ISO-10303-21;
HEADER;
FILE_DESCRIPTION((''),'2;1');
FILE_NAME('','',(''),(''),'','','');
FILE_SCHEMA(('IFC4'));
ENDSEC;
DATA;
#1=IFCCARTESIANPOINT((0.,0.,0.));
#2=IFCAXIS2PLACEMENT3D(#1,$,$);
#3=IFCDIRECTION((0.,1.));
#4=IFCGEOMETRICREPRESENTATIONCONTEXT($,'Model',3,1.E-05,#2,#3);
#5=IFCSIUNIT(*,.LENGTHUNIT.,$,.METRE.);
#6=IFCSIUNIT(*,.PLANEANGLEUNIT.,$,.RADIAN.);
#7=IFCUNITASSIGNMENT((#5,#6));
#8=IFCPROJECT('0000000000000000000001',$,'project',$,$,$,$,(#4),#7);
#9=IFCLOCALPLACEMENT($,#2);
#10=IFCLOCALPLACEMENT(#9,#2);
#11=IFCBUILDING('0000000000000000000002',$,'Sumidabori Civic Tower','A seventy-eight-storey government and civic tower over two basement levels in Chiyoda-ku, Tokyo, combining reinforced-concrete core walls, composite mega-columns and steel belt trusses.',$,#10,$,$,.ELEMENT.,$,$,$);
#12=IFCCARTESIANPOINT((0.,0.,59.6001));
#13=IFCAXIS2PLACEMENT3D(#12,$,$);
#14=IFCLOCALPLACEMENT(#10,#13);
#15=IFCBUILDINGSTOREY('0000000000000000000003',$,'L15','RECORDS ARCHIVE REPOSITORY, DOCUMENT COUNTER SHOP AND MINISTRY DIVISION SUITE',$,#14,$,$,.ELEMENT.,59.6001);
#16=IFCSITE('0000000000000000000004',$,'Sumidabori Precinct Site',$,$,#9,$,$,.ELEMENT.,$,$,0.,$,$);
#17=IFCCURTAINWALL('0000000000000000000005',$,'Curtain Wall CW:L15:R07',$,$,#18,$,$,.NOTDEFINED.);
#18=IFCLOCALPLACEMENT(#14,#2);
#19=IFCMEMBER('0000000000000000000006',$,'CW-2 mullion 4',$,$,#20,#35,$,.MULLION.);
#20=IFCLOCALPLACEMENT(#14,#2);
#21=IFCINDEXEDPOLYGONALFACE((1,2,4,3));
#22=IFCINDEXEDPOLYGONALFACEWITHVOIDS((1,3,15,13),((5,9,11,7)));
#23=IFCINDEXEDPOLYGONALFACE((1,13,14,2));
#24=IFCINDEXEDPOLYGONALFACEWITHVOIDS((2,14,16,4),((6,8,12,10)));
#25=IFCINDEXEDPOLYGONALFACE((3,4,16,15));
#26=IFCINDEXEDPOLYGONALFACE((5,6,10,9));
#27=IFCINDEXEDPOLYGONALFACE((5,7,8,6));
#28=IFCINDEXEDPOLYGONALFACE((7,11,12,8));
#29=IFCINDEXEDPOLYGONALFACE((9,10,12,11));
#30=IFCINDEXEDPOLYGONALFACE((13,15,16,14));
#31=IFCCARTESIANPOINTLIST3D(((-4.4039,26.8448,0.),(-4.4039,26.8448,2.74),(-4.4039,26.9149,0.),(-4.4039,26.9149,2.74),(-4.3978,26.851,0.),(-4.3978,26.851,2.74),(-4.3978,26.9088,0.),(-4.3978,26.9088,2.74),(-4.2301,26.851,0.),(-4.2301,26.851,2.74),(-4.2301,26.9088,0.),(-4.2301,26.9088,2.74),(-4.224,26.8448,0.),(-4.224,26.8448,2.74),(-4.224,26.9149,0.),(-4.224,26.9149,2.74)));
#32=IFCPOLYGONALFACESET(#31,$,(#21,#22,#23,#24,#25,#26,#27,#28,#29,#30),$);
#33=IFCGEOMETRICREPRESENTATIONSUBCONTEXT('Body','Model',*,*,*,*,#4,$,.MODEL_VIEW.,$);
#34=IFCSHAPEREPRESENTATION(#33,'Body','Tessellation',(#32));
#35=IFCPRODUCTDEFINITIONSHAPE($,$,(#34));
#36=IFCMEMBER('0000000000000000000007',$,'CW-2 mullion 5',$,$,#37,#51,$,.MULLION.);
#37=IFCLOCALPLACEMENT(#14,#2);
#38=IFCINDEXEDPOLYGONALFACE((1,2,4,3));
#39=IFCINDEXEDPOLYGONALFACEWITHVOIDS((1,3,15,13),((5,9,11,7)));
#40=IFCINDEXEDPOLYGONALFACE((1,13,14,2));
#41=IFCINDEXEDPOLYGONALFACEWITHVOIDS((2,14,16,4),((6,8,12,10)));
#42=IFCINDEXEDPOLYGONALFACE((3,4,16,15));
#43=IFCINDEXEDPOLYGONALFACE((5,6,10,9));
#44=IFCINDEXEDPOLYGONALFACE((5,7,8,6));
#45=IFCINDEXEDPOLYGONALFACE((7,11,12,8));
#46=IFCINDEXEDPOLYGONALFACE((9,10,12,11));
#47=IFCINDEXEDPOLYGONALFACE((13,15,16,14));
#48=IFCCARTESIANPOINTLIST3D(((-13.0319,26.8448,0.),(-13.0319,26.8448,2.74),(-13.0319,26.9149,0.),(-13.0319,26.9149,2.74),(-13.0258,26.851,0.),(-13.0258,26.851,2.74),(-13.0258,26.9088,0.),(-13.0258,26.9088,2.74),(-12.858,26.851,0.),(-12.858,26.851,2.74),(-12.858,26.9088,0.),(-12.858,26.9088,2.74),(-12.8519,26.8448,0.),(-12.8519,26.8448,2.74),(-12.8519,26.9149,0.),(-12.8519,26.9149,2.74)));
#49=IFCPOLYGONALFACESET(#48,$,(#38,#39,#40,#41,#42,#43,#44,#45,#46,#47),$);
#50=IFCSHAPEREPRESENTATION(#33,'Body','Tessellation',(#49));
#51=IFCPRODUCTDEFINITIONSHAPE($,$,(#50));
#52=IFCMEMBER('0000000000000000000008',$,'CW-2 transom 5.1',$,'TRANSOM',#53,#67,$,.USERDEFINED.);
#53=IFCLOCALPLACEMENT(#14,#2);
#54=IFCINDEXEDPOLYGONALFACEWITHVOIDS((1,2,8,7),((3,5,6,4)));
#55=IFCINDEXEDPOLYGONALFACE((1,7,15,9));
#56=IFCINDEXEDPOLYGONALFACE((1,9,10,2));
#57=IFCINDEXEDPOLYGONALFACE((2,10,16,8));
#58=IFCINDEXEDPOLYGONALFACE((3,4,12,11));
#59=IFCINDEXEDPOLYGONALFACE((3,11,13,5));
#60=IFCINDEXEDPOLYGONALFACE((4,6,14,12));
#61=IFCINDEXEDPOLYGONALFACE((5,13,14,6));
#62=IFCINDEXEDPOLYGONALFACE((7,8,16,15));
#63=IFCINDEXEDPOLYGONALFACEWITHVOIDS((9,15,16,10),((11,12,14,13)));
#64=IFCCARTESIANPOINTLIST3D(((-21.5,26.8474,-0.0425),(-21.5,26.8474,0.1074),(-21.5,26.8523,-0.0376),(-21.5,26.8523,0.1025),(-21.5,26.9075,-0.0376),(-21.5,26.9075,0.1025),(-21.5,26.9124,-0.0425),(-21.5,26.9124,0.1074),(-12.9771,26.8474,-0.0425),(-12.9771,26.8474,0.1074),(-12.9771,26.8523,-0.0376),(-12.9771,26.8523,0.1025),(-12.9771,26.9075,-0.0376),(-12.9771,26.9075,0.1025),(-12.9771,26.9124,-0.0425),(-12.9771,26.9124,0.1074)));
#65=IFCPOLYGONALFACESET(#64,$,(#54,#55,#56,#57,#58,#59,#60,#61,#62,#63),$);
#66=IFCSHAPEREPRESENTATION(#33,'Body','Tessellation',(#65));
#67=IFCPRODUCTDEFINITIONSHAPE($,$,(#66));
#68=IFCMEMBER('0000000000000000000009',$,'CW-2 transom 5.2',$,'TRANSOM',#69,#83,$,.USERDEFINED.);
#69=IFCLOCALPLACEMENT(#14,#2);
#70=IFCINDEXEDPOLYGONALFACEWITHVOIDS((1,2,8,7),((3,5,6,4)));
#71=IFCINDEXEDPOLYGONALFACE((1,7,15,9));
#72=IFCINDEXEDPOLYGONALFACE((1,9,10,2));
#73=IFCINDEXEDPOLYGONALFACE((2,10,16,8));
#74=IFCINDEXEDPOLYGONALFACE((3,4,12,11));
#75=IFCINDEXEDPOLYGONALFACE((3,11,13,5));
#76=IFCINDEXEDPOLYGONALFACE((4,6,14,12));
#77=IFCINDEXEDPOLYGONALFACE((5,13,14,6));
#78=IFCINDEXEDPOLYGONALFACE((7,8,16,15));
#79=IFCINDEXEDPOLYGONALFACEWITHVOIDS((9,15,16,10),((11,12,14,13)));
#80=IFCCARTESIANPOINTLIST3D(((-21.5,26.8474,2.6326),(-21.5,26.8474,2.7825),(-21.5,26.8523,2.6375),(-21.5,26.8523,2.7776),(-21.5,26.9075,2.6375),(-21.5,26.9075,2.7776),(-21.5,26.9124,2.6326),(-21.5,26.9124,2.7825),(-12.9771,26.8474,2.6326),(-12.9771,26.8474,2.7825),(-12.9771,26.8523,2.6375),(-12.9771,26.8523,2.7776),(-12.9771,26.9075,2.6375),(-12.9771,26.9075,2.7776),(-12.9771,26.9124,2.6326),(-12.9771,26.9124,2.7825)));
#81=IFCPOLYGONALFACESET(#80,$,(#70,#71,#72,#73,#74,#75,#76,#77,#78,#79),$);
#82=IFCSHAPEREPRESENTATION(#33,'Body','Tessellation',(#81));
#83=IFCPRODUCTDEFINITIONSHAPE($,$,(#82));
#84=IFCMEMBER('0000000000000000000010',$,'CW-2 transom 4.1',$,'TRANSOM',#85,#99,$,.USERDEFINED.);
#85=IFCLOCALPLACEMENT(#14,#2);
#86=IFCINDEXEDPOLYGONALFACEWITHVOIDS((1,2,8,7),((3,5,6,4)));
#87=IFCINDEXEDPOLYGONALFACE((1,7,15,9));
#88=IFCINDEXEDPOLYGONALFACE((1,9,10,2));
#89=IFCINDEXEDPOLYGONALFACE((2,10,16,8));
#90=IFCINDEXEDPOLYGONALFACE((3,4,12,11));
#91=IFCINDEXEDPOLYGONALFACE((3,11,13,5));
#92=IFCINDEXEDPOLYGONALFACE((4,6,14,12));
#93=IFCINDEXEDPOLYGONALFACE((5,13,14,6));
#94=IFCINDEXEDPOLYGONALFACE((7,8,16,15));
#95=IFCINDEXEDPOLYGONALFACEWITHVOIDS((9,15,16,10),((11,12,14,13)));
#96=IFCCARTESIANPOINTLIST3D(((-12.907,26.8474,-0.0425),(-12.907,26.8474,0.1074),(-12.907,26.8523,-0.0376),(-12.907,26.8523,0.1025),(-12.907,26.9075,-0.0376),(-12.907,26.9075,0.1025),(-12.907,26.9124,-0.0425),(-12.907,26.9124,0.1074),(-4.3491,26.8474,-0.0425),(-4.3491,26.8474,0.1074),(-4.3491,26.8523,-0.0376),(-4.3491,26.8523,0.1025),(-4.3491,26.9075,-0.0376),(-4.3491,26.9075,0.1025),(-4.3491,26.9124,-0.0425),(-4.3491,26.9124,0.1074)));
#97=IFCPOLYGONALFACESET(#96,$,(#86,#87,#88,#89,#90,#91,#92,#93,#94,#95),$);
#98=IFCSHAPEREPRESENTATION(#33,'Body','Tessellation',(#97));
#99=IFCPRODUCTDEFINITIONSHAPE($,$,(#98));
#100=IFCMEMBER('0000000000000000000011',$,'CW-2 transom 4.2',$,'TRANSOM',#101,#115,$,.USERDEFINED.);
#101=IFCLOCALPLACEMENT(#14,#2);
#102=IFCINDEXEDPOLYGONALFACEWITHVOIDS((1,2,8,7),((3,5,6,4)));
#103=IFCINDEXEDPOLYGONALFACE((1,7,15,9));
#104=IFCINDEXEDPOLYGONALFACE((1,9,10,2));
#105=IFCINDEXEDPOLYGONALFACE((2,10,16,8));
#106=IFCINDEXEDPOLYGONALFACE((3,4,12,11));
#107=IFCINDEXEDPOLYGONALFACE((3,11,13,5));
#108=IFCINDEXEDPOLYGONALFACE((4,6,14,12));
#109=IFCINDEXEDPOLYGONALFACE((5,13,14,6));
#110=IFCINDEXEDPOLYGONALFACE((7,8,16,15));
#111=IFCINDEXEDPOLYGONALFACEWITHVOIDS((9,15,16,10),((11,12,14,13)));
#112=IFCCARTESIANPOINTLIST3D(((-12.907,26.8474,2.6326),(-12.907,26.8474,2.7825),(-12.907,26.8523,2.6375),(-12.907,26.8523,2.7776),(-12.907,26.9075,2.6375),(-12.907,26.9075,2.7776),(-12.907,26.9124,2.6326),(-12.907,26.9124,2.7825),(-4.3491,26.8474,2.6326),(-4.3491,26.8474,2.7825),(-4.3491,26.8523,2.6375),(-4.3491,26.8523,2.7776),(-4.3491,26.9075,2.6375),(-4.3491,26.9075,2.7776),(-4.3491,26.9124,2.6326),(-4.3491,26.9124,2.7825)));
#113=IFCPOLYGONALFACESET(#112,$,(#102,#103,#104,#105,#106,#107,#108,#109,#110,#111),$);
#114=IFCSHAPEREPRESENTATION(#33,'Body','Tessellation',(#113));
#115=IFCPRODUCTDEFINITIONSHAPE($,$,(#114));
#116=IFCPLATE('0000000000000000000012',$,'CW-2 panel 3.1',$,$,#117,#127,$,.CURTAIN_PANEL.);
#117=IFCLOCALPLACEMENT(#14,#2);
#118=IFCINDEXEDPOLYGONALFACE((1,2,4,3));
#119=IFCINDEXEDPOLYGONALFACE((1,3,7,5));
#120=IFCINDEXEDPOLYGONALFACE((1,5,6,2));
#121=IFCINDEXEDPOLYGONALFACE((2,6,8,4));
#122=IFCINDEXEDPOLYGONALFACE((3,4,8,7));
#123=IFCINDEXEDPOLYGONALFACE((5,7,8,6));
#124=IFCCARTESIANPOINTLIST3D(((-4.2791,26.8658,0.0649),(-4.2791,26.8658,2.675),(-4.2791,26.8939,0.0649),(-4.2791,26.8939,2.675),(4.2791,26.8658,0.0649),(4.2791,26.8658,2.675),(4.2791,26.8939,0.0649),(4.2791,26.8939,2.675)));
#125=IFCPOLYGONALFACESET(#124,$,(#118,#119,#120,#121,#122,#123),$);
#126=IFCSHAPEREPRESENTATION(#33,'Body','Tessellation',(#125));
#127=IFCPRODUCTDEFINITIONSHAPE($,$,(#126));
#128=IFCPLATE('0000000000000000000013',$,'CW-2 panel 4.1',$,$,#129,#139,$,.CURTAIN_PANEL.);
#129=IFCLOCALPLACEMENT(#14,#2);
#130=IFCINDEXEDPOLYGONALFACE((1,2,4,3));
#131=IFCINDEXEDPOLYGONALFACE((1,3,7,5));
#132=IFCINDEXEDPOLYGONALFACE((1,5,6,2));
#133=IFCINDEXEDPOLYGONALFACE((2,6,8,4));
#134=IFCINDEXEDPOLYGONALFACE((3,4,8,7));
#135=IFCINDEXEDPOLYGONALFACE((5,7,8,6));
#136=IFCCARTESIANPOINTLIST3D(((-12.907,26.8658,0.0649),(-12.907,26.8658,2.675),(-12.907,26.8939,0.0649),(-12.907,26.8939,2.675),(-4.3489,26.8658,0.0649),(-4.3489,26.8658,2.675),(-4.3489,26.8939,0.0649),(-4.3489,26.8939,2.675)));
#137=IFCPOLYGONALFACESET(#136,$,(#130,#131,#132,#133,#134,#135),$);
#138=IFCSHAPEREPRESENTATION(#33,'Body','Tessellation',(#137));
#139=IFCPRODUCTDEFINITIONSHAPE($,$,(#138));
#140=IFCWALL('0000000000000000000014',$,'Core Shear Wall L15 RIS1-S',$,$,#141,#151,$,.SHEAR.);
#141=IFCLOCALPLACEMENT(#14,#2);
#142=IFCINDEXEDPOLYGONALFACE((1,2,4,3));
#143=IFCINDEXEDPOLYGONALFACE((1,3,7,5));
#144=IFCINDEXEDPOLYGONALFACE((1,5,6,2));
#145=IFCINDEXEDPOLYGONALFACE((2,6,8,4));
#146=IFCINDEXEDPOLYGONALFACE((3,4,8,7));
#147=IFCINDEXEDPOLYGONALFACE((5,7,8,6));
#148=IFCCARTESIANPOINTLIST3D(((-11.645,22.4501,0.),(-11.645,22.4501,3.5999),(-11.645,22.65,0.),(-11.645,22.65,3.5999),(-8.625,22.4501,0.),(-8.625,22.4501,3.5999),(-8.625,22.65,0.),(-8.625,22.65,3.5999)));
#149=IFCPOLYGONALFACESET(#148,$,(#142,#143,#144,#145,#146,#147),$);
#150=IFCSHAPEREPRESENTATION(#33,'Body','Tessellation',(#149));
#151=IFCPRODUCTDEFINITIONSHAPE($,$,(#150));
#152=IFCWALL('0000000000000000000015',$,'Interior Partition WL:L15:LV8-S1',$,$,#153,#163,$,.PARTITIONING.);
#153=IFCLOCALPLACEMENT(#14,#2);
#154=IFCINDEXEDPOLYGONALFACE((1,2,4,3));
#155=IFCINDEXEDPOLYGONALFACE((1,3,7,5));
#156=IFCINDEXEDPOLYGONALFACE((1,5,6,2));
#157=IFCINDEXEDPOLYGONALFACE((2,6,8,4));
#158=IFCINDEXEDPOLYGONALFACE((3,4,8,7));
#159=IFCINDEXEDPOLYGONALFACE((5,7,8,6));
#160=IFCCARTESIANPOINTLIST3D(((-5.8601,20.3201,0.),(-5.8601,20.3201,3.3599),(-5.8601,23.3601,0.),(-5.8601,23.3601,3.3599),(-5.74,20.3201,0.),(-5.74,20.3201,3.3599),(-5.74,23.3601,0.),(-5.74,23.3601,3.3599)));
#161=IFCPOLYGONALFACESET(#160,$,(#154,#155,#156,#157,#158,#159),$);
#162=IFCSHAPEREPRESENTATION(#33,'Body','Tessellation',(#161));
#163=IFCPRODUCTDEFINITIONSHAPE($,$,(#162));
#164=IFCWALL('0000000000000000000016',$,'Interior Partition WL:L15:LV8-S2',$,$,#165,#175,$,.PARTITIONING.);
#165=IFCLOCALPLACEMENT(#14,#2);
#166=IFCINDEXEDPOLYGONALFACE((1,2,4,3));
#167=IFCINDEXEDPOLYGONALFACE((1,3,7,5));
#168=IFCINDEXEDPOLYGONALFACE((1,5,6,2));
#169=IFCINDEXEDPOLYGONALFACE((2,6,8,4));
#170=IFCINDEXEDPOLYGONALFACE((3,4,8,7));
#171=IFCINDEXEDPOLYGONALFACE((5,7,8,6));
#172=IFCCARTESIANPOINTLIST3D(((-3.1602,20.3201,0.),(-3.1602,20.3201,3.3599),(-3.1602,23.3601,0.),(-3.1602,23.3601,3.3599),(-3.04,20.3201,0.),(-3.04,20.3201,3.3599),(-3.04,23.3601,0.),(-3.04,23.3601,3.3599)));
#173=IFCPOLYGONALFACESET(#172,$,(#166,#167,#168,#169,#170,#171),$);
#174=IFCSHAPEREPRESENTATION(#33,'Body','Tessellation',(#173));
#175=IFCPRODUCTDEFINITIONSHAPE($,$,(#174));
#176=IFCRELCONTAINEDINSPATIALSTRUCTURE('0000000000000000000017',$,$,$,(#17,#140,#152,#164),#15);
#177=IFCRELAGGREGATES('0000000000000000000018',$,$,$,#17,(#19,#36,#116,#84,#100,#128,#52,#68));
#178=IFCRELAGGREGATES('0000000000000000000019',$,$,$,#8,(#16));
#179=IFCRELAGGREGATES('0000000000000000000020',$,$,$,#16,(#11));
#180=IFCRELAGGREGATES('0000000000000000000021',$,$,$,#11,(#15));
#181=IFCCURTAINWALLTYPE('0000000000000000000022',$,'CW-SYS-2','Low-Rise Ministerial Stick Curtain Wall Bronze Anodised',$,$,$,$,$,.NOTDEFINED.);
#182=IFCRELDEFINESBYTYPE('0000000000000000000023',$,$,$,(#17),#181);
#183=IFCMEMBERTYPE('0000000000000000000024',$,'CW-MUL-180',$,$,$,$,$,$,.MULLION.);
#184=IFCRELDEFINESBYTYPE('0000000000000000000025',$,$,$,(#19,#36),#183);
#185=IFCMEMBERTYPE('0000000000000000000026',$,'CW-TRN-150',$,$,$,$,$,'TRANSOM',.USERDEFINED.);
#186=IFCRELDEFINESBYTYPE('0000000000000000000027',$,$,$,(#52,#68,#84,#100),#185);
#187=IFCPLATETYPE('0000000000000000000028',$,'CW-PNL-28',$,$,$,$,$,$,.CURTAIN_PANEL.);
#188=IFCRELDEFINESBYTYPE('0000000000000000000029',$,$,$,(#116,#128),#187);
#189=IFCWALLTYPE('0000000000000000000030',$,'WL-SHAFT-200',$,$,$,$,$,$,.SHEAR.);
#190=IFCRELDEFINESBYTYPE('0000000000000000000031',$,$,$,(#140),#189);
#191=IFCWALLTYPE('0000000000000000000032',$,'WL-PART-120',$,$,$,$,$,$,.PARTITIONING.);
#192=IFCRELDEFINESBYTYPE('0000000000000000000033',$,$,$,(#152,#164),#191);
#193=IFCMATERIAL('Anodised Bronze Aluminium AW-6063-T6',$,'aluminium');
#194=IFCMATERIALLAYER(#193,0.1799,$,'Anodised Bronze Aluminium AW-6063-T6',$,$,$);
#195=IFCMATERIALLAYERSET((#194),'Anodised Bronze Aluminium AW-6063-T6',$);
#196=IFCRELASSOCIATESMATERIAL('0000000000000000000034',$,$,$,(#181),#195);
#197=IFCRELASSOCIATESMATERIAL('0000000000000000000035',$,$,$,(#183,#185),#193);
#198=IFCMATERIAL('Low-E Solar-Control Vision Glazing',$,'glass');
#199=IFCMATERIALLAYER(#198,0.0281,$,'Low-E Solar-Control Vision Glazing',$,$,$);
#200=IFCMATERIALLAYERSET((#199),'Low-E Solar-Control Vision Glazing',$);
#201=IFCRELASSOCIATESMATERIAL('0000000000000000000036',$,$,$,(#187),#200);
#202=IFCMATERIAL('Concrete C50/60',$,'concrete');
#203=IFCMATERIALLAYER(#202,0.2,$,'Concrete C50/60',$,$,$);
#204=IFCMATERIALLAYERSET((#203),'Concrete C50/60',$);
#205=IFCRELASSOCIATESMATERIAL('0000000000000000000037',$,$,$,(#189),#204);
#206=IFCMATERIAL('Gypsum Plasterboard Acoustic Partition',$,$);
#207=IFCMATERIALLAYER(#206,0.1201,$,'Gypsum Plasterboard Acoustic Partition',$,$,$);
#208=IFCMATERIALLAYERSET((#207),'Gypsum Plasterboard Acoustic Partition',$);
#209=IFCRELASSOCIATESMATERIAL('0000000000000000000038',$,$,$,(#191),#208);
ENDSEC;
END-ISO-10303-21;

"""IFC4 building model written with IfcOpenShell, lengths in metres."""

from ifc_helpers import new_model, si_unit, direction, frame, frame_2d, origin, origin_2d, place, context, subcontext, project, spatial, rectangle, hollow_rectangle, extrude, source, transform, mapped, material, layer, layer_set, material_profile, profile_set, type_object, element, aggregate, save


model = new_model("IFC4")

# Units and contexts
model_context = context("Model", 3, precision=1e-05, world=origin(), true_north=direction((0.0, 1.0)))
body_context = subcontext(model_context, "Body", "Model", "MODEL_VIEW")
ifc_project = project(units=[si_unit("LENGTHUNIT", "METRE"), si_unit("PLANEANGLEUNIT", "RADIAN")], contexts=[model_context])

# Site, building, storey
site_placement = place(None, origin())
site = spatial("IfcSite", under=ifc_project, at=site_placement, Name="Sumidabori Precinct Site", CompositionType="ELEMENT", RefElevation=0.0)
building_placement = place(site_placement, origin())
building = spatial("IfcBuilding", under=site, at=building_placement, Name="Sumidabori Civic Tower", Description="A seventy-eight-storey government and civic tower over two basement levels in Chiyoda-ku, Tokyo, combining reinforced-concrete core walls, composite mega-columns and steel belt trusses.", CompositionType="ELEMENT")
storey_placement = place(building_placement, frame((0.0, 0.0, 59.6001)))
storey = spatial("IfcBuildingStorey", under=building, at=storey_placement, Name="L15", Description="RECORDS ARCHIVE REPOSITORY, DOCUMENT COUNTER SHOP AND MINISTRY DIVISION SUITE", CompositionType="ELEMENT", Elevation=59.6001)

# Curtain wall, members, plates
ifc_material_1 = material(Name="Anodised Bronze Aluminium AW-6063-T6", Category="aluminium")
ifc_layer_1 = layer(ifc_material_1, 0.1799, Name="Anodised Bronze Aluminium AW-6063-T6")
ifc_layer_set_1 = layer_set([ifc_layer_1], Name="Anodised Bronze Aluminium AW-6063-T6")
curtain_wall_type = type_object("IfcCurtainWallType", Name="CW-SYS-2", Description="Low-Rise Ministerial Stick Curtain Wall Bronze Anodised", PredefinedType="NOTDEFINED", material=ifc_layer_set_1)
curtain_wall_placement = place(storey_placement, origin())
curtain_wall = element("IfcCurtainWall", 1, at=curtain_wall_placement, inside=storey, type_object=curtain_wall_type, Name="Curtain Wall CW:L15:R07", PredefinedType="NOTDEFINED")
ifc_material_profile_1 = material_profile(ifc_material_1, hollow_rectangle(XDim=0.0701, YDim=0.1799, WallThickness=0.0061, at=origin_2d()), Name="ALU MULLION 180x70")
ifc_profile_set_1 = profile_set([ifc_material_profile_1], Name="Anodised Bronze Aluminium AW-6063-T6")
member_type_1 = type_object("IfcMemberType", Name="CW-MUL-180", PredefinedType="MULLION", material=ifc_profile_set_1)
shared_shape_1 = source(origin(), body_context, "Body", "SweptSolid", [
    extrude(hollow_rectangle(XDim=0.0701, YDim=0.1799, WallThickness=0.0061, at=origin_2d()), origin(), (0.0, 0.0, 1.0), 2.74),
])
member_1_placement = place(storey_placement, frame((-4.314, 26.8799, 0.0), z_axis=(0.0, 0.0, 1.0), x_axis=(0.0, -1.0, 0.0)))
member_1 = element("IfcMember", 2, at=member_1_placement, type_object=member_type_1, Name="CW-2 mullion 4", PredefinedType="MULLION", context=body_context, shape_type="MappedRepresentation", body=[
    mapped(shared_shape_1, transform((0.0, 0.0, 0.0), x_axis=(1.0, 0.0, 0.0), y_axis=(0.0, 1.0, 0.0), z_axis=(0.0, 0.0, 1.0), scale=1.0)),
])
member_2_placement = place(storey_placement, frame((-12.9419, 26.8799, 0.0), z_axis=(0.0, 0.0, 1.0), x_axis=(0.0, -1.0, 0.0)))
member_2 = element("IfcMember", 3, at=member_2_placement, type_object=member_type_1, Name="CW-2 mullion 5", PredefinedType="MULLION", context=body_context, shape_type="MappedRepresentation", body=[
    mapped(shared_shape_1, transform((0.0, 0.0, 0.0), x_axis=(1.0, 0.0, 0.0), y_axis=(0.0, 1.0, 0.0), z_axis=(0.0, 0.0, 1.0), scale=1.0)),
])
ifc_material_profile_2 = material_profile(ifc_material_1, hollow_rectangle(XDim=0.0649, YDim=0.1499, WallThickness=0.0049, at=origin_2d()), Name="ALU TRANSOM 150x65")
ifc_profile_set_2 = profile_set([ifc_material_profile_2], Name="Anodised Bronze Aluminium AW-6063-T6")
member_type_2 = type_object("IfcMemberType", Name="CW-TRN-150", ElementType="TRANSOM", PredefinedType="USERDEFINED", material=ifc_profile_set_2)
shared_shape_2 = source(origin(), body_context, "Body", "SweptSolid", [
    extrude(hollow_rectangle(XDim=0.0649, YDim=0.1499, WallThickness=0.0049, at=origin_2d()), origin(), (0.0, 0.0, 1.0), 8.5229),
])
member_3_placement = place(storey_placement, frame((-12.9771, 26.8799, 0.0325), z_axis=(-1.0, 0.0, 0.0), x_axis=(0.0, -1.0, 0.0)))
member_3 = element("IfcMember", 4, at=member_3_placement, type_object=member_type_2, Name="CW-2 transom 5.1", ObjectType="TRANSOM", PredefinedType="USERDEFINED", context=body_context, shape_type="MappedRepresentation", body=[
    mapped(shared_shape_2, transform((0.0, 0.0, 0.0), x_axis=(1.0, 0.0, 0.0), y_axis=(0.0, 1.0, 0.0), z_axis=(0.0, 0.0, 1.0), scale=1.0)),
])
member_4_placement = place(storey_placement, frame((-12.9771, 26.8799, 2.7075), z_axis=(-1.0, 0.0, 0.0), x_axis=(0.0, -1.0, 0.0)))
member_4 = element("IfcMember", 5, at=member_4_placement, type_object=member_type_2, Name="CW-2 transom 5.2", ObjectType="TRANSOM", PredefinedType="USERDEFINED", context=body_context, shape_type="MappedRepresentation", body=[
    mapped(shared_shape_2, transform((0.0, 0.0, 0.0), x_axis=(1.0, 0.0, 0.0), y_axis=(0.0, 1.0, 0.0), z_axis=(0.0, 0.0, 1.0), scale=1.0)),
])
shared_shape_3 = source(origin(), body_context, "Body", "SweptSolid", [
    extrude(hollow_rectangle(XDim=0.0649, YDim=0.1499, WallThickness=0.0049, at=origin_2d()), origin(), (0.0, 0.0, 1.0), 8.5579),
])
member_5_placement = place(storey_placement, frame((-4.3491, 26.8799, 0.0325), z_axis=(-1.0, 0.0, 0.0), x_axis=(0.0, -1.0, 0.0)))
member_5 = element("IfcMember", 6, at=member_5_placement, type_object=member_type_2, Name="CW-2 transom 4.1", ObjectType="TRANSOM", PredefinedType="USERDEFINED", context=body_context, shape_type="MappedRepresentation", body=[
    mapped(shared_shape_3, transform((0.0, 0.0, 0.0), x_axis=(1.0, 0.0, 0.0), y_axis=(0.0, 1.0, 0.0), z_axis=(0.0, 0.0, 1.0), scale=1.0)),
])
member_6_placement = place(storey_placement, frame((-4.3491, 26.8799, 2.7075), z_axis=(-1.0, 0.0, 0.0), x_axis=(0.0, -1.0, 0.0)))
member_6 = element("IfcMember", 7, at=member_6_placement, type_object=member_type_2, Name="CW-2 transom 4.2", ObjectType="TRANSOM", PredefinedType="USERDEFINED", context=body_context, shape_type="MappedRepresentation", body=[
    mapped(shared_shape_3, transform((0.0, 0.0, 0.0), x_axis=(1.0, 0.0, 0.0), y_axis=(0.0, 1.0, 0.0), z_axis=(0.0, 0.0, 1.0), scale=1.0)),
])
ifc_material_2 = material(Name="Low-E Solar-Control Vision Glazing", Category="glass")
ifc_layer_2 = layer(ifc_material_2, 0.0281, Name="Low-E Solar-Control Vision Glazing")
ifc_layer_set_2 = layer_set([ifc_layer_2], Name="Low-E Solar-Control Vision Glazing")
plate_type = type_object("IfcPlateType", Name="CW-PNL-28", PredefinedType="CURTAIN_PANEL", material=ifc_layer_set_2)
shared_shape_4 = source(origin(), body_context, "Body", "SweptSolid", [
    extrude(rectangle(XDim=8.5581, YDim=0.0281, at=origin_2d()), origin(), (0.0, 0.0, 1.0), 2.6101),
])
plate_1_placement = place(storey_placement, frame((0.0, 26.8799, 0.0649), z_axis=(0.0, 0.0, 1.0), x_axis=(-1.0, 0.0, 0.0)))
plate_1 = element("IfcPlate", 8, at=plate_1_placement, type_object=plate_type, Name="CW-2 panel 3.1", PredefinedType="CURTAIN_PANEL", context=body_context, shape_type="MappedRepresentation", body=[
    mapped(shared_shape_4, transform((0.0, 0.0, 0.0), x_axis=(1.0, 0.0, 0.0), y_axis=(0.0, 1.0, 0.0), z_axis=(0.0, 0.0, 1.0), scale=1.0)),
])
plate_2_placement = place(storey_placement, frame((-8.6279, 26.8799, 0.0649), z_axis=(0.0, 0.0, 1.0), x_axis=(-1.0, 0.0, 0.0)))
plate_2 = element("IfcPlate", 9, at=plate_2_placement, type_object=plate_type, Name="CW-2 panel 4.1", PredefinedType="CURTAIN_PANEL", context=body_context, shape_type="MappedRepresentation", body=[
    mapped(shared_shape_4, transform((0.0, 0.0, 0.0), x_axis=(1.0, 0.0, 0.0), y_axis=(0.0, 1.0, 0.0), z_axis=(0.0, 0.0, 1.0), scale=1.0)),
])
aggregate(curtain_wall, [member_1, member_2, plate_1, member_5, member_6, plate_2, member_3, member_4])

# Wall
ifc_material_3 = material(Name="Concrete C50/60", Category="concrete")
ifc_layer_3 = layer(ifc_material_3, 0.2, Name="Concrete C50/60")
ifc_layer_set_3 = layer_set([ifc_layer_3], Name="Concrete C50/60")
wall_type_1 = type_object("IfcWallType", Name="WL-SHAFT-200", PredefinedType="SHEAR", material=ifc_layer_set_3)
shared_shape_5 = source(origin(), body_context, "Body", "SweptSolid", [
    extrude(rectangle(XDim=3.02, YDim=0.2, at=frame_2d((1.51, 0.0))), origin(), (0.0, 0.0, 1.0), 3.5999),
])
wall_1_placement = place(storey_placement, frame((-11.645, 22.55, 0.0), z_axis=(0.0, 0.0, 1.0), x_axis=(1.0, 0.0, 0.0)))
element("IfcWall", 10, at=wall_1_placement, inside=storey, type_object=wall_type_1, Name="Core Shear Wall L15 RIS1-S", PredefinedType="SHEAR", context=body_context, shape_type="MappedRepresentation", body=[
    mapped(shared_shape_5, transform((0.0, 0.0, 0.0), x_axis=(1.0, 0.0, 0.0), y_axis=(0.0, 1.0, 0.0), z_axis=(0.0, 0.0, 1.0), scale=1.0)),
])

# Shared definitions
ifc_material_4 = material(Name="Gypsum Plasterboard Acoustic Partition")

# Walls
ifc_layer_4 = layer(ifc_material_4, 0.1201, Name="Gypsum Plasterboard Acoustic Partition")
ifc_layer_set_4 = layer_set([ifc_layer_4], Name="Gypsum Plasterboard Acoustic Partition")
wall_type_2 = type_object("IfcWallType", Name="WL-PART-120", PredefinedType="PARTITIONING", material=ifc_layer_set_4)
shared_shape_6 = source(origin(), body_context, "Body", "SweptSolid", [
    extrude(rectangle(XDim=3.04, YDim=0.1201, at=frame_2d((1.52, 0.0))), origin(), (0.0, 0.0, 1.0), 3.3599),
])
for number, where, z_axis, x_axis, name in (
    (11, (-5.8, 20.3201, 0.0), (0.0, 0.0, 1.0), (0.0, 1.0, 0.0), "Interior Partition WL:L15:LV8-S1"),
    (12, (-3.1001, 20.3201, 0.0), (0.0, 0.0, 1.0), (0.0, 1.0, 0.0), "Interior Partition WL:L15:LV8-S2"),
):
    element("IfcWall", number, at=place(storey_placement, frame(where, z_axis=z_axis, x_axis=x_axis)), inside=storey, type_object=wall_type_2, Name=name, PredefinedType="PARTITIONING", context=body_context, shape_type="MappedRepresentation", body=[
        mapped(shared_shape_6, transform((0.0, 0.0, 0.0), x_axis=(1.0, 0.0, 0.0), y_axis=(0.0, 1.0, 0.0), z_axis=(0.0, 0.0, 1.0), scale=1.0)),
    ])

save(model, "model.ifc")
